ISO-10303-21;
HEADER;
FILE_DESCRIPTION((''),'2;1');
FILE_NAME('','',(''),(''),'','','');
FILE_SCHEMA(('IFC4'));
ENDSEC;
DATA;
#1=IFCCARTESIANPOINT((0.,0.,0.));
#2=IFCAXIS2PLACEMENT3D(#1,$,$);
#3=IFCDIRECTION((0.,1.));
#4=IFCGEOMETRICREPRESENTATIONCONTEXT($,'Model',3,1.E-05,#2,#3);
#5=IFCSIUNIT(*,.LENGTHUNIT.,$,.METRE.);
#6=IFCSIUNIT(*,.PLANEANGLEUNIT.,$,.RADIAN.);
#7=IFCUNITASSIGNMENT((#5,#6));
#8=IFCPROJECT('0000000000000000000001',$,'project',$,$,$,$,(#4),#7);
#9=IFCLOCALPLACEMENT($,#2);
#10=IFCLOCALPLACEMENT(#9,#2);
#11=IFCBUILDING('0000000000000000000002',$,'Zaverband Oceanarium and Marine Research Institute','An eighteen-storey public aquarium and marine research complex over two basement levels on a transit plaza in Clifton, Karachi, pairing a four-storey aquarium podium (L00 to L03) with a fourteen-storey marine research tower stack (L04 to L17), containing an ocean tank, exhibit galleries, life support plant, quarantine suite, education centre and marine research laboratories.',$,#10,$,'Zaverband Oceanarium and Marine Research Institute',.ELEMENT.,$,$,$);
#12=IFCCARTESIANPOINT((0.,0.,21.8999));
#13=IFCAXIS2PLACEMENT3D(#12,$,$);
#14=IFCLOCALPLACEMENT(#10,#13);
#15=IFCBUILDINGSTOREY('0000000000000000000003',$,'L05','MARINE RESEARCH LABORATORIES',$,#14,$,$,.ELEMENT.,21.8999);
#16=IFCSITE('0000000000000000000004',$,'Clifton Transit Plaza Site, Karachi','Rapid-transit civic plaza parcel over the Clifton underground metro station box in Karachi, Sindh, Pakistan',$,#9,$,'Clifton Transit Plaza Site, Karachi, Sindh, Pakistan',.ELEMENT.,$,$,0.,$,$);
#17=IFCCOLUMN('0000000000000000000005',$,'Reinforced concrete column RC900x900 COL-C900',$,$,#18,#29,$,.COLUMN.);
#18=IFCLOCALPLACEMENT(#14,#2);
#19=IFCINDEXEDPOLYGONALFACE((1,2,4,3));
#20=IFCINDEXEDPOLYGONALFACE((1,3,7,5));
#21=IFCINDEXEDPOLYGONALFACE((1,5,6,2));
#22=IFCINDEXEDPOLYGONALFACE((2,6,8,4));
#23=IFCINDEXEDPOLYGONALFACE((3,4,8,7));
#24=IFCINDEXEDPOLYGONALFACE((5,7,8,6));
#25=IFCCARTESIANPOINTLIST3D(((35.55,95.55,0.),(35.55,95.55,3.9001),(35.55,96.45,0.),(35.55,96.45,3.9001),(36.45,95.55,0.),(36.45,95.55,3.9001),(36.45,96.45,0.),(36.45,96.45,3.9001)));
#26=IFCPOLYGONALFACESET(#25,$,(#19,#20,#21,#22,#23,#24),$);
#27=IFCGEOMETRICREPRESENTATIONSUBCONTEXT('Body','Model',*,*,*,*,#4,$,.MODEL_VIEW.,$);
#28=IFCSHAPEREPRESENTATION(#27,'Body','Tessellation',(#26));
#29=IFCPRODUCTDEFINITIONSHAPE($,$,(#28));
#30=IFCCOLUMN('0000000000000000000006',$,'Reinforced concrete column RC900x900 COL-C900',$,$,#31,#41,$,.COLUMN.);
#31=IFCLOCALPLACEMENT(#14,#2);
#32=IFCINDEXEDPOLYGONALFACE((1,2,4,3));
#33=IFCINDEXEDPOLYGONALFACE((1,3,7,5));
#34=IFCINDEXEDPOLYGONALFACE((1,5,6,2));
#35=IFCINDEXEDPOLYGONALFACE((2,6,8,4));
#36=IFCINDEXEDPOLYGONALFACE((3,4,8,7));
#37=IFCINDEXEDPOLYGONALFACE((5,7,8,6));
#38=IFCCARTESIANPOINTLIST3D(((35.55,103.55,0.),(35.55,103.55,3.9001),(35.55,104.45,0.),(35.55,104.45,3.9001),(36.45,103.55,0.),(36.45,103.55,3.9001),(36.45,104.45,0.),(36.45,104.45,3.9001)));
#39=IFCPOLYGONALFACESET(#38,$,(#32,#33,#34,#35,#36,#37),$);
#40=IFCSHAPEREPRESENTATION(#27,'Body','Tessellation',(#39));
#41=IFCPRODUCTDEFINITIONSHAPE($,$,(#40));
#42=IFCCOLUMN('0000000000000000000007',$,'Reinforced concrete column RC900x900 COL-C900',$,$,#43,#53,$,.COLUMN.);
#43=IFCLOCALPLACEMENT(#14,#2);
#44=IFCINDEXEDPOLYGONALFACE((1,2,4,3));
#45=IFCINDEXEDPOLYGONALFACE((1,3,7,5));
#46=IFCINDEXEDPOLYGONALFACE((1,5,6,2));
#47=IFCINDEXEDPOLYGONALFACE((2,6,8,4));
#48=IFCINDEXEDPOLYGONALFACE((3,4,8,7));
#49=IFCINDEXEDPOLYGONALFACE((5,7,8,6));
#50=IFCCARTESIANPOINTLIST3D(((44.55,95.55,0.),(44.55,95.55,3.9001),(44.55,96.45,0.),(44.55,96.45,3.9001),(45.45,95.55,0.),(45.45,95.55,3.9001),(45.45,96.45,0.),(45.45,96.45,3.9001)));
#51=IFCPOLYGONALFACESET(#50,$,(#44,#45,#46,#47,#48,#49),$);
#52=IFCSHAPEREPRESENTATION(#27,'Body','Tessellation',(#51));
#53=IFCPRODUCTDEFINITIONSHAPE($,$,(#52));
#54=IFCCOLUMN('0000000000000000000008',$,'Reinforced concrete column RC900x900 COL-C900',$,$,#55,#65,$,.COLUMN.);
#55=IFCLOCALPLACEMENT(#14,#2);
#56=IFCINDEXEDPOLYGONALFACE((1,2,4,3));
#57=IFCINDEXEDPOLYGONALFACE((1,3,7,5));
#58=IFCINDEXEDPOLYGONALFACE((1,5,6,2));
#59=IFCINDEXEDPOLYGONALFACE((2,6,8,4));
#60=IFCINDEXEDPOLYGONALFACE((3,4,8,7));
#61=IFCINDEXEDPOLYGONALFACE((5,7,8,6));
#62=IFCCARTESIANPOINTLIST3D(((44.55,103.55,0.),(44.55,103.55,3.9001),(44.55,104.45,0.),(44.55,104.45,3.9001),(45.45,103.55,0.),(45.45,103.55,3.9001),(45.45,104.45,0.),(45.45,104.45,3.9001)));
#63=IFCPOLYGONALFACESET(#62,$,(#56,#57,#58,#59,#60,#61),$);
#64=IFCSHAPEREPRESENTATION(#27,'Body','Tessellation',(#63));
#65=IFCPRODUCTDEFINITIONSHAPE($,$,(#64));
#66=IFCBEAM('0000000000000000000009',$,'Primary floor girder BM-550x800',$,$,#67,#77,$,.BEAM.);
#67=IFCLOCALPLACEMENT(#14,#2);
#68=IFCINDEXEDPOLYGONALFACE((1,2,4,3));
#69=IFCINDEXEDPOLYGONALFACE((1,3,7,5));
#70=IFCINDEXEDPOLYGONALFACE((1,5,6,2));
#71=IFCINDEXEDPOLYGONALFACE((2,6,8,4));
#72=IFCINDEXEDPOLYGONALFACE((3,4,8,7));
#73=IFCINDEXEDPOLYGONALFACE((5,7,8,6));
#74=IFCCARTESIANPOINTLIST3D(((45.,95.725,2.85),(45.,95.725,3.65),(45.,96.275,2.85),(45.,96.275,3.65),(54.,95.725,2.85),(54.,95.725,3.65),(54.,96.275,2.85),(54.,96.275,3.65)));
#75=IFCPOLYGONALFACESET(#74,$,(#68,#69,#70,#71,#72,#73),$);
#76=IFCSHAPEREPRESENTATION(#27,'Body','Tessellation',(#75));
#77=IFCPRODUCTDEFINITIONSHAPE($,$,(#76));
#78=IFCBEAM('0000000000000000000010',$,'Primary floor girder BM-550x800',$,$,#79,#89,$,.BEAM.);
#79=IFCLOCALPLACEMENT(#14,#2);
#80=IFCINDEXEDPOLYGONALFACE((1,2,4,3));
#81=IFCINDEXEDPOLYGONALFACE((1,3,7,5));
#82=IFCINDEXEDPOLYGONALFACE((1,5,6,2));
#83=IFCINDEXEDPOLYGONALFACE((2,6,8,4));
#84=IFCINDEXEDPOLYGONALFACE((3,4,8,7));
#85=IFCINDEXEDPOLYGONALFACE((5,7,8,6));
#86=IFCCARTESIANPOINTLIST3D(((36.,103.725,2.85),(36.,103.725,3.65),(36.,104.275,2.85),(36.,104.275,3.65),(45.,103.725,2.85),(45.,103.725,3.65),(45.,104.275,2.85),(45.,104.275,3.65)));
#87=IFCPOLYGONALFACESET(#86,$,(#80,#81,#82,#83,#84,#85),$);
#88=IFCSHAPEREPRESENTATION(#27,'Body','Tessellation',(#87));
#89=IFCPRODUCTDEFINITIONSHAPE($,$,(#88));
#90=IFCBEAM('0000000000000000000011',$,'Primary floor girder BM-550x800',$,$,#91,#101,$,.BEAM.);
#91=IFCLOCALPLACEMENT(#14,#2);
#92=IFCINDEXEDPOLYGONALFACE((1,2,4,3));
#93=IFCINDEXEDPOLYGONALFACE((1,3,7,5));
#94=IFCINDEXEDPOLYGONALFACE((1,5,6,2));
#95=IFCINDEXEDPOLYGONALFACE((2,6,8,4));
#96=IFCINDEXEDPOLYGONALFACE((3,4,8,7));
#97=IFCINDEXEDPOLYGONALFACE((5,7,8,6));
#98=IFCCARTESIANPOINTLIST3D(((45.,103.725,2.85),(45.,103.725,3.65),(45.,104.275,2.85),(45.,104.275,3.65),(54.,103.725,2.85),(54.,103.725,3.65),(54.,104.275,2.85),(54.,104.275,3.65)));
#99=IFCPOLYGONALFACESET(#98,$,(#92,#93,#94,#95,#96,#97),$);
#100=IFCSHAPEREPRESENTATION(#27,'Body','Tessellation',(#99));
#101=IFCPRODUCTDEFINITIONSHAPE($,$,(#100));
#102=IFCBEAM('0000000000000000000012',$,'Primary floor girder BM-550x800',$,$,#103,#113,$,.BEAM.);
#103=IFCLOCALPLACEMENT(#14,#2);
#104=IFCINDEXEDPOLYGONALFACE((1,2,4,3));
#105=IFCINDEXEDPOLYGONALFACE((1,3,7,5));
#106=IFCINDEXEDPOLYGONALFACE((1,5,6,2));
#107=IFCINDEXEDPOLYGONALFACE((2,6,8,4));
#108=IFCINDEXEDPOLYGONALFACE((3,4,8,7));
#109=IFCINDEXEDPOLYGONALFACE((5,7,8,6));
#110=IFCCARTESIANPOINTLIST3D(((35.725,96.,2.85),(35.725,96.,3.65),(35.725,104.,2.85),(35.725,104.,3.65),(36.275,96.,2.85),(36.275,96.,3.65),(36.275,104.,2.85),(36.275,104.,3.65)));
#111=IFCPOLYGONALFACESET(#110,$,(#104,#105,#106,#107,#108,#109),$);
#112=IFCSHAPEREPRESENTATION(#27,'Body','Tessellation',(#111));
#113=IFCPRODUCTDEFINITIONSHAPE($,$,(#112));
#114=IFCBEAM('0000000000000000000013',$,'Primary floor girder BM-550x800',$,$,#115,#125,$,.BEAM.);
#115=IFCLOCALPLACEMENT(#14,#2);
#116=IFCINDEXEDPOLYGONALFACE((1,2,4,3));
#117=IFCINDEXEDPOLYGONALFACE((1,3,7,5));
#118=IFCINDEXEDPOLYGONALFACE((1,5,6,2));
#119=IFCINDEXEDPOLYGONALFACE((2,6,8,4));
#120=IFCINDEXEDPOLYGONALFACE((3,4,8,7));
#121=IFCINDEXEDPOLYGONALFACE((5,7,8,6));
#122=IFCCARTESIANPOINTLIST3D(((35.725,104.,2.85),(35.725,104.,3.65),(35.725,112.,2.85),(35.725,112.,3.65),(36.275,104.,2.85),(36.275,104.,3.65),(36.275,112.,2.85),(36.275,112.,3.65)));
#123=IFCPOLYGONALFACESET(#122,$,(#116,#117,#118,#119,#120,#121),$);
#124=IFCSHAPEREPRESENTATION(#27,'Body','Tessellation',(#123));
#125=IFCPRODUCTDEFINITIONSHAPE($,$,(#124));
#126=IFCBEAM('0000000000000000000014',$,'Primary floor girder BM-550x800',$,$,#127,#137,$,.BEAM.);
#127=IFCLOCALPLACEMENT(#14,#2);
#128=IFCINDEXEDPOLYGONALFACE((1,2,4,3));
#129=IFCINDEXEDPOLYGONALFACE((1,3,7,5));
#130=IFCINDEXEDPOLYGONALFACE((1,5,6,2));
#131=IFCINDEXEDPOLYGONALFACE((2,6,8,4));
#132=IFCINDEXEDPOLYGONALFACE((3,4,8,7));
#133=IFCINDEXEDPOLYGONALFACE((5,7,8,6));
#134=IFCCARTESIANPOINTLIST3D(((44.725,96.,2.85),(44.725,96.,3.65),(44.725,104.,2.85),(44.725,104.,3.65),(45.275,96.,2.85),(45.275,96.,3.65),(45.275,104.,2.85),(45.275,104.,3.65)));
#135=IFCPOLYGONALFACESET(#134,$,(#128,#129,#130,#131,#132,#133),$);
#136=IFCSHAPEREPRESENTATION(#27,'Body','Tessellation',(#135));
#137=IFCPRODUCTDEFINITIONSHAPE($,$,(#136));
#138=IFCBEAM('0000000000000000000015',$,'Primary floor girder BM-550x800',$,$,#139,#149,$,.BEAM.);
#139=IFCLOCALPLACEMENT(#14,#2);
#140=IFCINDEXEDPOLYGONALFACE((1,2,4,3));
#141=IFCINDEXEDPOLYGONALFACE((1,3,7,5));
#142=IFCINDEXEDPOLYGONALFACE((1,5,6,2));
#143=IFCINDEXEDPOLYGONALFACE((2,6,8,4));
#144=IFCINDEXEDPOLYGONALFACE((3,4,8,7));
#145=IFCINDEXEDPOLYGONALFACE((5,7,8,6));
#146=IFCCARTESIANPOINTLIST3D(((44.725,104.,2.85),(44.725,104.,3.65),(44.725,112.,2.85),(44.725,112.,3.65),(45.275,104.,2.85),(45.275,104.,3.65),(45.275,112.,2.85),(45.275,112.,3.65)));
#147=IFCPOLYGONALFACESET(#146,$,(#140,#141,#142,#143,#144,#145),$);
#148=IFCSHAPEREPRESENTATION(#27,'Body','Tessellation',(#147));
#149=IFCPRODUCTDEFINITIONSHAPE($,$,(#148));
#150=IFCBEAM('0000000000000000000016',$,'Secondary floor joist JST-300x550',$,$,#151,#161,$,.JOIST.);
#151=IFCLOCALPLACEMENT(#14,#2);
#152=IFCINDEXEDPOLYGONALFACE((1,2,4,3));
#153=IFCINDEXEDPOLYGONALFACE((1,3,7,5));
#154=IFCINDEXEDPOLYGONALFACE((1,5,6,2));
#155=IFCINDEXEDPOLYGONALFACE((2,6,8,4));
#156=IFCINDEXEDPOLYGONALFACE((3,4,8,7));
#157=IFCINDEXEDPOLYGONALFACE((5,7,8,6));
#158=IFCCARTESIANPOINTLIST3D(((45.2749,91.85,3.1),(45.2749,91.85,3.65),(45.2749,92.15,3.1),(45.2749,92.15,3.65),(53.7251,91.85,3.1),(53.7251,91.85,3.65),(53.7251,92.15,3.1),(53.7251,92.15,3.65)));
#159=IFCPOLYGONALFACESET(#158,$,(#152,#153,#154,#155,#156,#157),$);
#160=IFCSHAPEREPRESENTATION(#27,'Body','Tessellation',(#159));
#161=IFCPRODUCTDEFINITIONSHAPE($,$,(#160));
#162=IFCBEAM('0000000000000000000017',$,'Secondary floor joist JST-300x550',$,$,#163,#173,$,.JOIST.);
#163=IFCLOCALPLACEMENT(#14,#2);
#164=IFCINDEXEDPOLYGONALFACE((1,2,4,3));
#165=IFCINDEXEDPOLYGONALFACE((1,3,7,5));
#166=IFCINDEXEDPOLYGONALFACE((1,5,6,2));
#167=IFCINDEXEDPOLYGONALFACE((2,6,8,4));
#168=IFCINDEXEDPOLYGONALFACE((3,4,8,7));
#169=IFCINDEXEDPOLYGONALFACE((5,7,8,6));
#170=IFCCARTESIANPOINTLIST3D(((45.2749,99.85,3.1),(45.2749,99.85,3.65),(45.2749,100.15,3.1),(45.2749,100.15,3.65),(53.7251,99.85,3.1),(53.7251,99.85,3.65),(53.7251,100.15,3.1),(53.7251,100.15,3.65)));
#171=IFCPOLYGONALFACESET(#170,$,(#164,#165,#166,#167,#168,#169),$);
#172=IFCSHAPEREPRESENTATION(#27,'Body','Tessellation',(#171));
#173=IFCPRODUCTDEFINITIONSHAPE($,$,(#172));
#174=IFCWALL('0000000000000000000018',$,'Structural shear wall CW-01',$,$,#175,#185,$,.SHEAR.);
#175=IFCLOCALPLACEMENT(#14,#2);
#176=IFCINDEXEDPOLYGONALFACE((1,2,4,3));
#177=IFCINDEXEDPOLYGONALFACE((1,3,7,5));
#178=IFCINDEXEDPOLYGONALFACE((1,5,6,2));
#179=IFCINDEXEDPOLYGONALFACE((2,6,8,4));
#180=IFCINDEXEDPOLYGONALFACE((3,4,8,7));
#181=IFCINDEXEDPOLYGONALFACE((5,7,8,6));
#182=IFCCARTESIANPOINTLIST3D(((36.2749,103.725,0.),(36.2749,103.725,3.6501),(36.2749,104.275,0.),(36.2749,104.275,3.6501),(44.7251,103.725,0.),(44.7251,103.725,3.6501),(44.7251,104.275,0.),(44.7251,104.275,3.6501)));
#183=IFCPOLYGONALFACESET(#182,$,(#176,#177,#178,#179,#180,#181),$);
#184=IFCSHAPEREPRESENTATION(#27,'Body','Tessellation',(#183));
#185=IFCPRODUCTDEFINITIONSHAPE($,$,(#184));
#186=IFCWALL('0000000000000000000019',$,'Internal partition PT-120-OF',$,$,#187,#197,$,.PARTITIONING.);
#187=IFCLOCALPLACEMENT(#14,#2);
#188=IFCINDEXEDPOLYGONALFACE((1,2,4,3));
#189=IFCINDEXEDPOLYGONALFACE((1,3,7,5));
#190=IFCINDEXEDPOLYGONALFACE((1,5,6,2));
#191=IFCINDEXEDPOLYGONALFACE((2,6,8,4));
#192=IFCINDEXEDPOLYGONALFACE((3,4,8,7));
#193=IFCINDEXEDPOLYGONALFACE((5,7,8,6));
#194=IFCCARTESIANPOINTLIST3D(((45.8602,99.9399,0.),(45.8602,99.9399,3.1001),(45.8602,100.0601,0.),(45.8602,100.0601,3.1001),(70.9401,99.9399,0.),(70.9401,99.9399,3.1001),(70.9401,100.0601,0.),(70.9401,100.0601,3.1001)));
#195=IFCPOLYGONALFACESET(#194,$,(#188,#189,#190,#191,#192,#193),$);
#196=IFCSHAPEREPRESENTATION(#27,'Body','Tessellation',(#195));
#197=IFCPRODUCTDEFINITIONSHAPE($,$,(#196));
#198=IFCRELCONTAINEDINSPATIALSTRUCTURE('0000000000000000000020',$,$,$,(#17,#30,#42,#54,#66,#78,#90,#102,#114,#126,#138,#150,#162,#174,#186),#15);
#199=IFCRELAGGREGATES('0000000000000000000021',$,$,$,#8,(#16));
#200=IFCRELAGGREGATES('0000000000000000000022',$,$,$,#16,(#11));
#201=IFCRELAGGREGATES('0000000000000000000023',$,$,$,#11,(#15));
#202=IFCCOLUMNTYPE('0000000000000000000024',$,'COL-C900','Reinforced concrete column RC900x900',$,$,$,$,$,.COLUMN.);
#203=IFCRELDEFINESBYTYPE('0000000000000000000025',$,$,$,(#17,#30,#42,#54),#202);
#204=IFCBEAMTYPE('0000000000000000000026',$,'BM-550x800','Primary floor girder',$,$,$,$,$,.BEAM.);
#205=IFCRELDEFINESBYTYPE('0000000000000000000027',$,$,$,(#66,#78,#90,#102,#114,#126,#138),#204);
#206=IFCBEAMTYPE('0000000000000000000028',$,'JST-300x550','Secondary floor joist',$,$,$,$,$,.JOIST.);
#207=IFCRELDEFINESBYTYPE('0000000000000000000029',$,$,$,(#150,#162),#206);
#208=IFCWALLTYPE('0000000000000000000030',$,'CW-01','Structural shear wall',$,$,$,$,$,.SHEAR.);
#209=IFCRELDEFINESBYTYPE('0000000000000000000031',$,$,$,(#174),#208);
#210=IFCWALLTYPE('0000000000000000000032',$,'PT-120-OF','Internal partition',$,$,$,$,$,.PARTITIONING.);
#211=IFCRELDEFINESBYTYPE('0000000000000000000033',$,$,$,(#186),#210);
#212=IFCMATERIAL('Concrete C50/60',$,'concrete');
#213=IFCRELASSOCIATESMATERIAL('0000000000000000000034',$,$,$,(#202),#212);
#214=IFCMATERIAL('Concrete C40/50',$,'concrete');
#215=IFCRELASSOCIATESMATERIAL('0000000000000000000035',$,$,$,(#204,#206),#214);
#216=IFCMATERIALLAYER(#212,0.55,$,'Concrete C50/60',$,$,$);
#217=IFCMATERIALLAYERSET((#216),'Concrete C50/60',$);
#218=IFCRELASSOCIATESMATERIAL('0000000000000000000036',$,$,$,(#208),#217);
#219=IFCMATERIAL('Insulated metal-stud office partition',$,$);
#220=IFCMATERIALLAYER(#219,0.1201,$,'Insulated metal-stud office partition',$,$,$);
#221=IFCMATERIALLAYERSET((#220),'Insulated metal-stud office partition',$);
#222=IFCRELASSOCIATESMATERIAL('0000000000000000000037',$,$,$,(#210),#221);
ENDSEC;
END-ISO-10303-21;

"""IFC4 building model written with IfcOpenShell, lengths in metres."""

from ifc_helpers import new_model, si_unit, direction, frame, frame_2d, origin, origin_2d, place, context, subcontext, project, spatial, rectangle, extrude, material, layer, layer_set, material_profile, profile_set, type_object, element, save


model = new_model("IFC4")

# Units and contexts
model_context = context("Model", 3, precision=1e-05, world=origin(), true_north=direction((0.0, 1.0)))
body_context = subcontext(model_context, "Body", "Model", "MODEL_VIEW")
ifc_project = project(units=[si_unit("LENGTHUNIT", "METRE"), si_unit("PLANEANGLEUNIT", "RADIAN")], contexts=[model_context])

# Site, building, storey
site_placement = place(None, origin())
site = spatial("IfcSite", under=ifc_project, at=site_placement, Name="Clifton Transit Plaza Site, Karachi", Description="Rapid-transit civic plaza parcel over the Clifton underground metro station box in Karachi, Sindh, Pakistan", LongName="Clifton Transit Plaza Site, Karachi, Sindh, Pakistan", CompositionType="ELEMENT", RefElevation=0.0)
building_placement = place(site_placement, origin())
building = spatial("IfcBuilding", under=site, at=building_placement, Name="Zaverband Oceanarium and Marine Research Institute", Description="An eighteen-storey public aquarium and marine research complex over two basement levels on a transit plaza in Clifton, Karachi, pairing a four-storey aquarium podium (L00 to L03) with a fourteen-storey marine research tower stack (L04 to L17), containing an ocean tank, exhibit galleries, life support plant, quarantine suite, education centre and marine research laboratories.", LongName="Zaverband Oceanarium and Marine Research Institute", CompositionType="ELEMENT")
storey_placement = place(building_placement, frame((0.0, 0.0, 21.8999)))
storey = spatial("IfcBuildingStorey", under=building, at=storey_placement, Name="L05", Description="MARINE RESEARCH LABORATORIES", CompositionType="ELEMENT", Elevation=21.8999)

# Columns
ifc_material_1 = material(Name="Concrete C50/60", Category="concrete")
ifc_material_profile_1 = material_profile(ifc_material_1, rectangle(XDim=0.8999, YDim=0.8999, at=origin_2d()), Name="RC900x900")
ifc_profile_set_1 = profile_set([ifc_material_profile_1], Name="Concrete C50/60")
column_type = type_object("IfcColumnType", Name="COL-C900", Description="Reinforced concrete column RC900x900", PredefinedType="COLUMN", material=ifc_profile_set_1)
for number, where, z_axis, x_axis, name in (
    (1, (36.0, 96.0, 0.0), (0.0, 0.0, 1.0), (1.0, 0.0, 0.0), "Reinforced concrete column RC900x900 COL-C900"),
    (2, (36.0, 104.0, 0.0), (0.0, 0.0, 1.0), (1.0, 0.0, 0.0), "Reinforced concrete column RC900x900 COL-C900"),
    (3, (45.0, 96.0, 0.0), (0.0, 0.0, 1.0), (1.0, 0.0, 0.0), "Reinforced concrete column RC900x900 COL-C900"),
    (4, (45.0, 104.0, 0.0), (0.0, 0.0, 1.0), (1.0, 0.0, 0.0), "Reinforced concrete column RC900x900 COL-C900"),
):
    element("IfcColumn", number, at=place(storey_placement, frame(where, z_axis=z_axis, x_axis=x_axis)), inside=storey, type_object=column_type, Name=name, PredefinedType="COLUMN", context=body_context, shape_type="SweptSolid", body=[
        extrude(rectangle(XDim=0.8999, YDim=0.8999, at=origin_2d()), origin(), (0.0, 0.0, 1.0), 3.9001),
    ])

# Beams
ifc_material_2 = material(Name="Concrete C40/50", Category="concrete")
ifc_material_profile_2 = material_profile(ifc_material_2, rectangle(XDim=0.55, YDim=0.8, at=origin_2d()), Name="RC550x800")
ifc_profile_set_2 = profile_set([ifc_material_profile_2], Name="Concrete C40/50")
beam_type_1 = type_object("IfcBeamType", Name="BM-550x800", Description="Primary floor girder", PredefinedType="BEAM", material=ifc_profile_set_2)
for number, where, z_axis, x_axis, name in (
    (5, (45.0, 96.0, 3.25), (1.0, 0.0, 0.0), (0.0, 1.0, 0.0), "Primary floor girder BM-550x800"),
    (6, (36.0, 104.0, 3.25), (1.0, 0.0, 0.0), (0.0, 1.0, 0.0), "Primary floor girder BM-550x800"),
    (7, (45.0, 104.0, 3.25), (1.0, 0.0, 0.0), (0.0, 1.0, 0.0), "Primary floor girder BM-550x800"),
):
    element("IfcBeam", number, at=place(storey_placement, frame(where, z_axis=z_axis, x_axis=x_axis)), inside=storey, type_object=beam_type_1, Name=name, PredefinedType="BEAM", context=body_context, shape_type="SweptSolid", body=[
        extrude(rectangle(XDim=0.55, YDim=0.8, at=origin_2d()), origin(), (0.0, 0.0, 1.0), 9.0),
    ])
for number, where, z_axis, x_axis, name in (
    (8, (36.0, 96.0, 3.25), (0.0, 1.0, 0.0), (-1.0, 0.0, 0.0), "Primary floor girder BM-550x800"),
    (9, (36.0, 104.0, 3.25), (0.0, 1.0, 0.0), (-1.0, 0.0, 0.0), "Primary floor girder BM-550x800"),
    (10, (45.0, 96.0, 3.25), (0.0, 1.0, 0.0), (-1.0, 0.0, 0.0), "Primary floor girder BM-550x800"),
    (11, (45.0, 104.0, 3.25), (0.0, 1.0, 0.0), (-1.0, 0.0, 0.0), "Primary floor girder BM-550x800"),
):
    element("IfcBeam", number, at=place(storey_placement, frame(where, z_axis=z_axis, x_axis=x_axis)), inside=storey, type_object=beam_type_1, Name=name, PredefinedType="BEAM", context=body_context, shape_type="SweptSolid", body=[
        extrude(rectangle(XDim=0.55, YDim=0.8, at=origin_2d()), origin(), (0.0, 0.0, 1.0), 8.0),
    ])
ifc_material_profile_3 = material_profile(ifc_material_2, rectangle(XDim=0.3, YDim=0.55, at=origin_2d()), Name="RC300x550")
ifc_profile_set_3 = profile_set([ifc_material_profile_3], Name="Concrete C40/50")
beam_type_2 = type_object("IfcBeamType", Name="JST-300x550", Description="Secondary floor joist", PredefinedType="JOIST", material=ifc_profile_set_3)
for number, where, z_axis, x_axis, name in (
    (12, (45.2749, 92.0, 3.375), (1.0, 0.0, 0.0), (0.0, 1.0, 0.0), "Secondary floor joist JST-300x550"),
    (13, (45.2749, 100.0, 3.375), (1.0, 0.0, 0.0), (0.0, 1.0, 0.0), "Secondary floor joist JST-300x550"),
):
    element("IfcBeam", number, at=place(storey_placement, frame(where, z_axis=z_axis, x_axis=x_axis)), inside=storey, type_object=beam_type_2, Name=name, PredefinedType="JOIST", context=body_context, shape_type="SweptSolid", body=[
        extrude(rectangle(XDim=0.3, YDim=0.55, at=origin_2d()), origin(), (0.0, 0.0, 1.0), 8.4502),
    ])

# Walls
ifc_layer_1 = layer(ifc_material_1, 0.55, Name="Concrete C50/60")
ifc_layer_set_1 = layer_set([ifc_layer_1], Name="Concrete C50/60")
wall_type_1 = type_object("IfcWallType", Name="CW-01", Description="Structural shear wall", PredefinedType="SHEAR", material=ifc_layer_set_1)
wall_1_placement = place(storey_placement, frame((36.2749, 104.0, 0.0), z_axis=(0.0, 0.0, 1.0), x_axis=(1.0, 0.0, 0.0)))
element("IfcWall", 14, at=wall_1_placement, inside=storey, type_object=wall_type_1, Name="Structural shear wall CW-01", PredefinedType="SHEAR", context=body_context, shape_type="SweptSolid", body=[
    extrude(rectangle(XDim=8.4502, YDim=0.55, at=frame_2d((4.2251, 0.0))), origin(), (0.0, 0.0, 1.0), 3.6501),
])
ifc_material_3 = material(Name="Insulated metal-stud office partition")
ifc_layer_2 = layer(ifc_material_3, 0.1201, Name="Insulated metal-stud office partition")
ifc_layer_set_2 = layer_set([ifc_layer_2], Name="Insulated metal-stud office partition")
wall_type_2 = type_object("IfcWallType", Name="PT-120-OF", Description="Internal partition", PredefinedType="PARTITIONING", material=ifc_layer_set_2)
wall_2_placement = place(storey_placement, frame((45.8601, 100.0, 0.0), z_axis=(0.0, 0.0, 1.0), x_axis=(1.0, 0.0, 0.0)))
element("IfcWall", 15, at=wall_2_placement, inside=storey, type_object=wall_type_2, Name="Internal partition PT-120-OF", PredefinedType="PARTITIONING", context=body_context, shape_type="SweptSolid", body=[
    extrude(rectangle(XDim=25.0798, YDim=0.1201, at=frame_2d((12.54, 0.0))), origin(), (0.0, 0.0, 1.0), 3.1001),
])

save(model, "model.ifc")
